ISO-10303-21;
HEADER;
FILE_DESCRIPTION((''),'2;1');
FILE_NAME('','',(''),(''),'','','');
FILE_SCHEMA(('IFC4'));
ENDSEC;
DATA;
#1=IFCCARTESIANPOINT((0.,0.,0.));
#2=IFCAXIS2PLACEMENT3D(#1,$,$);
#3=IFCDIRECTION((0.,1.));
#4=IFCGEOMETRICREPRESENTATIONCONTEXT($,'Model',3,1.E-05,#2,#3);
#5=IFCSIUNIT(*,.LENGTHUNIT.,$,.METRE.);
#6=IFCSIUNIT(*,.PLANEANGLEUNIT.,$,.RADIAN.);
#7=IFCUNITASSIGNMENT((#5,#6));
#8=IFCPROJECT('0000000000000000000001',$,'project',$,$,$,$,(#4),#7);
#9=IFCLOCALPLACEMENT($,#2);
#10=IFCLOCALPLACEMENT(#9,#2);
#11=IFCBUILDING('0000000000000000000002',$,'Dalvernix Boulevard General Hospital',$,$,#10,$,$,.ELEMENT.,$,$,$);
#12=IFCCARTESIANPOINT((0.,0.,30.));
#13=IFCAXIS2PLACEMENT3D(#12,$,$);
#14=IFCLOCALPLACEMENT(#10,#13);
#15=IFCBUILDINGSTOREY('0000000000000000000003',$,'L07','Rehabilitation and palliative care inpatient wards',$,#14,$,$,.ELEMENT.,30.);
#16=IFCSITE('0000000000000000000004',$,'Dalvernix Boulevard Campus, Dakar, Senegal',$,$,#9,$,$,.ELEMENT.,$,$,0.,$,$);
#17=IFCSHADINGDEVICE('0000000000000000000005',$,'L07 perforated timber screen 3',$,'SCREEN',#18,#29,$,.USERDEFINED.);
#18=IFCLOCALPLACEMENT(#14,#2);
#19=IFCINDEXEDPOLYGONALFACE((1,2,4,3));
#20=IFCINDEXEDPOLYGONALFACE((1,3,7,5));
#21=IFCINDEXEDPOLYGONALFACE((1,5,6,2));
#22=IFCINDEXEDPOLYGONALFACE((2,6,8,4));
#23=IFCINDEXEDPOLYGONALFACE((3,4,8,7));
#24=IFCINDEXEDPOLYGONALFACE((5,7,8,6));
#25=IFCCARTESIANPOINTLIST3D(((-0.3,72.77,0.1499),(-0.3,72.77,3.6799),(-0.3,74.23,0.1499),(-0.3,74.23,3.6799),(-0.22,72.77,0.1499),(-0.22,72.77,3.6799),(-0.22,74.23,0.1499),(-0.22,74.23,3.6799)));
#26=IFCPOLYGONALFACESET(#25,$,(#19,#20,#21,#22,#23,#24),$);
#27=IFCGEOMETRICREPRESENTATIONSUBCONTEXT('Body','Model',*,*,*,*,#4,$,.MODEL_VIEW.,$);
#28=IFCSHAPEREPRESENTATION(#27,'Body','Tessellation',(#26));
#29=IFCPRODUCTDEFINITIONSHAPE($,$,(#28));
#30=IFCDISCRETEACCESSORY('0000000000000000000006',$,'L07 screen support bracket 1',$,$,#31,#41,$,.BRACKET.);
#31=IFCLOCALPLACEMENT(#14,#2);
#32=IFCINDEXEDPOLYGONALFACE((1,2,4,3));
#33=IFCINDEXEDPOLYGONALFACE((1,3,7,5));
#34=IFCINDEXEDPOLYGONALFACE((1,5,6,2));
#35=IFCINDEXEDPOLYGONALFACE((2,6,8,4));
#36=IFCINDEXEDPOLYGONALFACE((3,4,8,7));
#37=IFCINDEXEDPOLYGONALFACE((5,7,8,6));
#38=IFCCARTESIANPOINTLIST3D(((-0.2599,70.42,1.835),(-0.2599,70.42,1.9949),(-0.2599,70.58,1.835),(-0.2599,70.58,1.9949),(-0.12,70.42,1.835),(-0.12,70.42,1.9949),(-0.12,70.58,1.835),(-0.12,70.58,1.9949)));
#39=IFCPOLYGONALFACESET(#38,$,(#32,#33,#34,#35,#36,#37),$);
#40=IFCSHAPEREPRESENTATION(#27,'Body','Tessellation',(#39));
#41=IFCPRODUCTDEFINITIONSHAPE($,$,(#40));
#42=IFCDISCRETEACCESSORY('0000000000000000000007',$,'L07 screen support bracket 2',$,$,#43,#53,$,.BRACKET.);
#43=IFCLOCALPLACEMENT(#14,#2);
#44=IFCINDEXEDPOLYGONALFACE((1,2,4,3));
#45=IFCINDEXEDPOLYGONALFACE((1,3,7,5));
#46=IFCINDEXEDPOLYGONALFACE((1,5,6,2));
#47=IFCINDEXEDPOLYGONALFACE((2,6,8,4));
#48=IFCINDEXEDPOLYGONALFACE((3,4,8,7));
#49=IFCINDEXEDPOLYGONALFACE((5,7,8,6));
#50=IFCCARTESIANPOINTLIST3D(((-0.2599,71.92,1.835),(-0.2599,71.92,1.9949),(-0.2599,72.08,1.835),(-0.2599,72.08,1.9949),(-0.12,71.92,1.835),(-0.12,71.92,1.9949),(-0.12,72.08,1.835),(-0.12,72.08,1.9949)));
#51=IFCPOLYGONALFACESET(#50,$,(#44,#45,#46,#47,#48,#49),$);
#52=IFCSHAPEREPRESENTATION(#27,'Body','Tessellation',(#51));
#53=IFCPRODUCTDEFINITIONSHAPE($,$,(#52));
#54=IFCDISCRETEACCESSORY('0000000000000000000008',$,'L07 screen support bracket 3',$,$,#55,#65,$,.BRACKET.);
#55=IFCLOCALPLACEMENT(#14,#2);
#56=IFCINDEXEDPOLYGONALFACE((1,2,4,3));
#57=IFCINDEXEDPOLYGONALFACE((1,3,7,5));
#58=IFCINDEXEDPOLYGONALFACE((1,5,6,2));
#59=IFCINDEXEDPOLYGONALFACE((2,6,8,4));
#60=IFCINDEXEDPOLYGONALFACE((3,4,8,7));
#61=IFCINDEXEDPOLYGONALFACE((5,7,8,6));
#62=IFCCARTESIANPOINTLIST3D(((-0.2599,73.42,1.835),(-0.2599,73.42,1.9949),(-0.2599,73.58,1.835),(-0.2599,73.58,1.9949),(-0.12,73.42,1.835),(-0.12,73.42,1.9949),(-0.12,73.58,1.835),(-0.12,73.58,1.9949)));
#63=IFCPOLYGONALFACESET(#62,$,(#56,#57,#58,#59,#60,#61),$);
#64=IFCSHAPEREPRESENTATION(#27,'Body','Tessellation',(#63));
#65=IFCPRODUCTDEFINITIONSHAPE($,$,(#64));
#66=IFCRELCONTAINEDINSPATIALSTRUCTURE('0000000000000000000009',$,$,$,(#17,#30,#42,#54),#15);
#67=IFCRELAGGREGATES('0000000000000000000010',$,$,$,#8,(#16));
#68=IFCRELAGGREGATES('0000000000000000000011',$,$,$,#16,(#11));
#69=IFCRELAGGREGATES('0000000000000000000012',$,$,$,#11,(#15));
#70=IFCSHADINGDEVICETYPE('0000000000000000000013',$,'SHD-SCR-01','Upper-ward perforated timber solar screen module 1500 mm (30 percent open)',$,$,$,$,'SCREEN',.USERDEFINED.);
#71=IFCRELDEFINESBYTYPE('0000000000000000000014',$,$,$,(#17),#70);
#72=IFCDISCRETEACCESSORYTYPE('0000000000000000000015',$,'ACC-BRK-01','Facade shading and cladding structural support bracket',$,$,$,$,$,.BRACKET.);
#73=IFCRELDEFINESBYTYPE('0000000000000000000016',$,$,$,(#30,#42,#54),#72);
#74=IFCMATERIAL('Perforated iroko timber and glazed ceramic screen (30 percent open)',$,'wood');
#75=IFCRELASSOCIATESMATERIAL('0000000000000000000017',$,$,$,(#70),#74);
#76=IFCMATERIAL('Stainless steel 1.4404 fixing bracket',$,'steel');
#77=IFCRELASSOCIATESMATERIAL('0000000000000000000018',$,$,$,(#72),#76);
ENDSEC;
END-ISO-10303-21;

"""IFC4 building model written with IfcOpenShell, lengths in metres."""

from ifc_helpers import new_model, si_unit, direction, frame, origin, origin_2d, place, context, subcontext, project, spatial, rectangle, extrude, material, type_object, element, save


model = new_model("IFC4")

# Units and contexts
model_context = context("Model", 3, precision=1e-05, world=origin(), true_north=direction((0.0, 1.0)))
body_context = subcontext(model_context, "Body", "Model", "MODEL_VIEW")
ifc_project = project(units=[si_unit("LENGTHUNIT", "METRE"), si_unit("PLANEANGLEUNIT", "RADIAN")], contexts=[model_context])

# Site, building, storey
site_placement = place(None, origin())
site = spatial("IfcSite", under=ifc_project, at=site_placement, Name="Dalvernix Boulevard Campus, Dakar, Senegal", CompositionType="ELEMENT", RefElevation=0.0)
building_placement = place(site_placement, origin())
building = spatial("IfcBuilding", under=site, at=building_placement, Name="Dalvernix Boulevard General Hospital", CompositionType="ELEMENT")
storey_placement = place(building_placement, frame((0.0, 0.0, 30.0)))
storey = spatial("IfcBuildingStorey", under=building, at=storey_placement, Name="L07", Description="Rehabilitation and palliative care inpatient wards", CompositionType="ELEMENT", Elevation=30.0)

# Shading device
ifc_material_1 = material(Name="Perforated iroko timber and glazed ceramic screen (30 percent open)", Category="wood")
shading_device_type = type_object("IfcShadingDeviceType", Name="SHD-SCR-01", Description="Upper-ward perforated timber solar screen module 1500 mm (30 percent open)", ElementType="SCREEN", PredefinedType="USERDEFINED", material=ifc_material_1)
for number, where, z_axis, x_axis, name in (
    (1, (-0.26, 73.5, 0.1499), (0.0, 0.0, 1.0), (0.0, 1.0, 0.0), "L07 perforated timber screen 3"),
):
    element("IfcShadingDevice", number, at=place(storey_placement, frame(where, z_axis=z_axis, x_axis=x_axis)), inside=storey, type_object=shading_device_type, Name=name, ObjectType="SCREEN", PredefinedType="USERDEFINED", context=body_context, shape_type="SweptSolid", body=[
        extrude(rectangle(XDim=1.46, YDim=0.0801, at=origin_2d()), origin(), (0.0, 0.0, 1.0), 3.53),
    ])

# Discrete accessories
ifc_material_2 = material(Name="Stainless steel 1.4404 fixing bracket", Category="steel")
discrete_accessory_type = type_object("IfcDiscreteAccessoryType", Name="ACC-BRK-01", Description="Facade shading and cladding structural support bracket", PredefinedType="BRACKET", material=ifc_material_2)
for number, where, z_axis, x_axis, name in (
    (2, (-0.1899, 70.5, 1.835), (0.0, 0.0, 1.0), (0.0, 1.0, 0.0), "L07 screen support bracket 1"),
    (3, (-0.1899, 72.0, 1.835), (0.0, 0.0, 1.0), (0.0, 1.0, 0.0), "L07 screen support bracket 2"),
    (4, (-0.1899, 73.5, 1.835), (0.0, 0.0, 1.0), (0.0, 1.0, 0.0), "L07 screen support bracket 3"),
):
    element("IfcDiscreteAccessory", number, at=place(storey_placement, frame(where, z_axis=z_axis, x_axis=x_axis)), inside=storey, type_object=discrete_accessory_type, Name=name, PredefinedType="BRACKET", context=body_context, shape_type="SweptSolid", body=[
        extrude(rectangle(XDim=0.1599, YDim=0.1399, at=origin_2d()), origin(), (0.0, 0.0, 1.0), 0.1599),
    ])

save(model, "model.ifc")
